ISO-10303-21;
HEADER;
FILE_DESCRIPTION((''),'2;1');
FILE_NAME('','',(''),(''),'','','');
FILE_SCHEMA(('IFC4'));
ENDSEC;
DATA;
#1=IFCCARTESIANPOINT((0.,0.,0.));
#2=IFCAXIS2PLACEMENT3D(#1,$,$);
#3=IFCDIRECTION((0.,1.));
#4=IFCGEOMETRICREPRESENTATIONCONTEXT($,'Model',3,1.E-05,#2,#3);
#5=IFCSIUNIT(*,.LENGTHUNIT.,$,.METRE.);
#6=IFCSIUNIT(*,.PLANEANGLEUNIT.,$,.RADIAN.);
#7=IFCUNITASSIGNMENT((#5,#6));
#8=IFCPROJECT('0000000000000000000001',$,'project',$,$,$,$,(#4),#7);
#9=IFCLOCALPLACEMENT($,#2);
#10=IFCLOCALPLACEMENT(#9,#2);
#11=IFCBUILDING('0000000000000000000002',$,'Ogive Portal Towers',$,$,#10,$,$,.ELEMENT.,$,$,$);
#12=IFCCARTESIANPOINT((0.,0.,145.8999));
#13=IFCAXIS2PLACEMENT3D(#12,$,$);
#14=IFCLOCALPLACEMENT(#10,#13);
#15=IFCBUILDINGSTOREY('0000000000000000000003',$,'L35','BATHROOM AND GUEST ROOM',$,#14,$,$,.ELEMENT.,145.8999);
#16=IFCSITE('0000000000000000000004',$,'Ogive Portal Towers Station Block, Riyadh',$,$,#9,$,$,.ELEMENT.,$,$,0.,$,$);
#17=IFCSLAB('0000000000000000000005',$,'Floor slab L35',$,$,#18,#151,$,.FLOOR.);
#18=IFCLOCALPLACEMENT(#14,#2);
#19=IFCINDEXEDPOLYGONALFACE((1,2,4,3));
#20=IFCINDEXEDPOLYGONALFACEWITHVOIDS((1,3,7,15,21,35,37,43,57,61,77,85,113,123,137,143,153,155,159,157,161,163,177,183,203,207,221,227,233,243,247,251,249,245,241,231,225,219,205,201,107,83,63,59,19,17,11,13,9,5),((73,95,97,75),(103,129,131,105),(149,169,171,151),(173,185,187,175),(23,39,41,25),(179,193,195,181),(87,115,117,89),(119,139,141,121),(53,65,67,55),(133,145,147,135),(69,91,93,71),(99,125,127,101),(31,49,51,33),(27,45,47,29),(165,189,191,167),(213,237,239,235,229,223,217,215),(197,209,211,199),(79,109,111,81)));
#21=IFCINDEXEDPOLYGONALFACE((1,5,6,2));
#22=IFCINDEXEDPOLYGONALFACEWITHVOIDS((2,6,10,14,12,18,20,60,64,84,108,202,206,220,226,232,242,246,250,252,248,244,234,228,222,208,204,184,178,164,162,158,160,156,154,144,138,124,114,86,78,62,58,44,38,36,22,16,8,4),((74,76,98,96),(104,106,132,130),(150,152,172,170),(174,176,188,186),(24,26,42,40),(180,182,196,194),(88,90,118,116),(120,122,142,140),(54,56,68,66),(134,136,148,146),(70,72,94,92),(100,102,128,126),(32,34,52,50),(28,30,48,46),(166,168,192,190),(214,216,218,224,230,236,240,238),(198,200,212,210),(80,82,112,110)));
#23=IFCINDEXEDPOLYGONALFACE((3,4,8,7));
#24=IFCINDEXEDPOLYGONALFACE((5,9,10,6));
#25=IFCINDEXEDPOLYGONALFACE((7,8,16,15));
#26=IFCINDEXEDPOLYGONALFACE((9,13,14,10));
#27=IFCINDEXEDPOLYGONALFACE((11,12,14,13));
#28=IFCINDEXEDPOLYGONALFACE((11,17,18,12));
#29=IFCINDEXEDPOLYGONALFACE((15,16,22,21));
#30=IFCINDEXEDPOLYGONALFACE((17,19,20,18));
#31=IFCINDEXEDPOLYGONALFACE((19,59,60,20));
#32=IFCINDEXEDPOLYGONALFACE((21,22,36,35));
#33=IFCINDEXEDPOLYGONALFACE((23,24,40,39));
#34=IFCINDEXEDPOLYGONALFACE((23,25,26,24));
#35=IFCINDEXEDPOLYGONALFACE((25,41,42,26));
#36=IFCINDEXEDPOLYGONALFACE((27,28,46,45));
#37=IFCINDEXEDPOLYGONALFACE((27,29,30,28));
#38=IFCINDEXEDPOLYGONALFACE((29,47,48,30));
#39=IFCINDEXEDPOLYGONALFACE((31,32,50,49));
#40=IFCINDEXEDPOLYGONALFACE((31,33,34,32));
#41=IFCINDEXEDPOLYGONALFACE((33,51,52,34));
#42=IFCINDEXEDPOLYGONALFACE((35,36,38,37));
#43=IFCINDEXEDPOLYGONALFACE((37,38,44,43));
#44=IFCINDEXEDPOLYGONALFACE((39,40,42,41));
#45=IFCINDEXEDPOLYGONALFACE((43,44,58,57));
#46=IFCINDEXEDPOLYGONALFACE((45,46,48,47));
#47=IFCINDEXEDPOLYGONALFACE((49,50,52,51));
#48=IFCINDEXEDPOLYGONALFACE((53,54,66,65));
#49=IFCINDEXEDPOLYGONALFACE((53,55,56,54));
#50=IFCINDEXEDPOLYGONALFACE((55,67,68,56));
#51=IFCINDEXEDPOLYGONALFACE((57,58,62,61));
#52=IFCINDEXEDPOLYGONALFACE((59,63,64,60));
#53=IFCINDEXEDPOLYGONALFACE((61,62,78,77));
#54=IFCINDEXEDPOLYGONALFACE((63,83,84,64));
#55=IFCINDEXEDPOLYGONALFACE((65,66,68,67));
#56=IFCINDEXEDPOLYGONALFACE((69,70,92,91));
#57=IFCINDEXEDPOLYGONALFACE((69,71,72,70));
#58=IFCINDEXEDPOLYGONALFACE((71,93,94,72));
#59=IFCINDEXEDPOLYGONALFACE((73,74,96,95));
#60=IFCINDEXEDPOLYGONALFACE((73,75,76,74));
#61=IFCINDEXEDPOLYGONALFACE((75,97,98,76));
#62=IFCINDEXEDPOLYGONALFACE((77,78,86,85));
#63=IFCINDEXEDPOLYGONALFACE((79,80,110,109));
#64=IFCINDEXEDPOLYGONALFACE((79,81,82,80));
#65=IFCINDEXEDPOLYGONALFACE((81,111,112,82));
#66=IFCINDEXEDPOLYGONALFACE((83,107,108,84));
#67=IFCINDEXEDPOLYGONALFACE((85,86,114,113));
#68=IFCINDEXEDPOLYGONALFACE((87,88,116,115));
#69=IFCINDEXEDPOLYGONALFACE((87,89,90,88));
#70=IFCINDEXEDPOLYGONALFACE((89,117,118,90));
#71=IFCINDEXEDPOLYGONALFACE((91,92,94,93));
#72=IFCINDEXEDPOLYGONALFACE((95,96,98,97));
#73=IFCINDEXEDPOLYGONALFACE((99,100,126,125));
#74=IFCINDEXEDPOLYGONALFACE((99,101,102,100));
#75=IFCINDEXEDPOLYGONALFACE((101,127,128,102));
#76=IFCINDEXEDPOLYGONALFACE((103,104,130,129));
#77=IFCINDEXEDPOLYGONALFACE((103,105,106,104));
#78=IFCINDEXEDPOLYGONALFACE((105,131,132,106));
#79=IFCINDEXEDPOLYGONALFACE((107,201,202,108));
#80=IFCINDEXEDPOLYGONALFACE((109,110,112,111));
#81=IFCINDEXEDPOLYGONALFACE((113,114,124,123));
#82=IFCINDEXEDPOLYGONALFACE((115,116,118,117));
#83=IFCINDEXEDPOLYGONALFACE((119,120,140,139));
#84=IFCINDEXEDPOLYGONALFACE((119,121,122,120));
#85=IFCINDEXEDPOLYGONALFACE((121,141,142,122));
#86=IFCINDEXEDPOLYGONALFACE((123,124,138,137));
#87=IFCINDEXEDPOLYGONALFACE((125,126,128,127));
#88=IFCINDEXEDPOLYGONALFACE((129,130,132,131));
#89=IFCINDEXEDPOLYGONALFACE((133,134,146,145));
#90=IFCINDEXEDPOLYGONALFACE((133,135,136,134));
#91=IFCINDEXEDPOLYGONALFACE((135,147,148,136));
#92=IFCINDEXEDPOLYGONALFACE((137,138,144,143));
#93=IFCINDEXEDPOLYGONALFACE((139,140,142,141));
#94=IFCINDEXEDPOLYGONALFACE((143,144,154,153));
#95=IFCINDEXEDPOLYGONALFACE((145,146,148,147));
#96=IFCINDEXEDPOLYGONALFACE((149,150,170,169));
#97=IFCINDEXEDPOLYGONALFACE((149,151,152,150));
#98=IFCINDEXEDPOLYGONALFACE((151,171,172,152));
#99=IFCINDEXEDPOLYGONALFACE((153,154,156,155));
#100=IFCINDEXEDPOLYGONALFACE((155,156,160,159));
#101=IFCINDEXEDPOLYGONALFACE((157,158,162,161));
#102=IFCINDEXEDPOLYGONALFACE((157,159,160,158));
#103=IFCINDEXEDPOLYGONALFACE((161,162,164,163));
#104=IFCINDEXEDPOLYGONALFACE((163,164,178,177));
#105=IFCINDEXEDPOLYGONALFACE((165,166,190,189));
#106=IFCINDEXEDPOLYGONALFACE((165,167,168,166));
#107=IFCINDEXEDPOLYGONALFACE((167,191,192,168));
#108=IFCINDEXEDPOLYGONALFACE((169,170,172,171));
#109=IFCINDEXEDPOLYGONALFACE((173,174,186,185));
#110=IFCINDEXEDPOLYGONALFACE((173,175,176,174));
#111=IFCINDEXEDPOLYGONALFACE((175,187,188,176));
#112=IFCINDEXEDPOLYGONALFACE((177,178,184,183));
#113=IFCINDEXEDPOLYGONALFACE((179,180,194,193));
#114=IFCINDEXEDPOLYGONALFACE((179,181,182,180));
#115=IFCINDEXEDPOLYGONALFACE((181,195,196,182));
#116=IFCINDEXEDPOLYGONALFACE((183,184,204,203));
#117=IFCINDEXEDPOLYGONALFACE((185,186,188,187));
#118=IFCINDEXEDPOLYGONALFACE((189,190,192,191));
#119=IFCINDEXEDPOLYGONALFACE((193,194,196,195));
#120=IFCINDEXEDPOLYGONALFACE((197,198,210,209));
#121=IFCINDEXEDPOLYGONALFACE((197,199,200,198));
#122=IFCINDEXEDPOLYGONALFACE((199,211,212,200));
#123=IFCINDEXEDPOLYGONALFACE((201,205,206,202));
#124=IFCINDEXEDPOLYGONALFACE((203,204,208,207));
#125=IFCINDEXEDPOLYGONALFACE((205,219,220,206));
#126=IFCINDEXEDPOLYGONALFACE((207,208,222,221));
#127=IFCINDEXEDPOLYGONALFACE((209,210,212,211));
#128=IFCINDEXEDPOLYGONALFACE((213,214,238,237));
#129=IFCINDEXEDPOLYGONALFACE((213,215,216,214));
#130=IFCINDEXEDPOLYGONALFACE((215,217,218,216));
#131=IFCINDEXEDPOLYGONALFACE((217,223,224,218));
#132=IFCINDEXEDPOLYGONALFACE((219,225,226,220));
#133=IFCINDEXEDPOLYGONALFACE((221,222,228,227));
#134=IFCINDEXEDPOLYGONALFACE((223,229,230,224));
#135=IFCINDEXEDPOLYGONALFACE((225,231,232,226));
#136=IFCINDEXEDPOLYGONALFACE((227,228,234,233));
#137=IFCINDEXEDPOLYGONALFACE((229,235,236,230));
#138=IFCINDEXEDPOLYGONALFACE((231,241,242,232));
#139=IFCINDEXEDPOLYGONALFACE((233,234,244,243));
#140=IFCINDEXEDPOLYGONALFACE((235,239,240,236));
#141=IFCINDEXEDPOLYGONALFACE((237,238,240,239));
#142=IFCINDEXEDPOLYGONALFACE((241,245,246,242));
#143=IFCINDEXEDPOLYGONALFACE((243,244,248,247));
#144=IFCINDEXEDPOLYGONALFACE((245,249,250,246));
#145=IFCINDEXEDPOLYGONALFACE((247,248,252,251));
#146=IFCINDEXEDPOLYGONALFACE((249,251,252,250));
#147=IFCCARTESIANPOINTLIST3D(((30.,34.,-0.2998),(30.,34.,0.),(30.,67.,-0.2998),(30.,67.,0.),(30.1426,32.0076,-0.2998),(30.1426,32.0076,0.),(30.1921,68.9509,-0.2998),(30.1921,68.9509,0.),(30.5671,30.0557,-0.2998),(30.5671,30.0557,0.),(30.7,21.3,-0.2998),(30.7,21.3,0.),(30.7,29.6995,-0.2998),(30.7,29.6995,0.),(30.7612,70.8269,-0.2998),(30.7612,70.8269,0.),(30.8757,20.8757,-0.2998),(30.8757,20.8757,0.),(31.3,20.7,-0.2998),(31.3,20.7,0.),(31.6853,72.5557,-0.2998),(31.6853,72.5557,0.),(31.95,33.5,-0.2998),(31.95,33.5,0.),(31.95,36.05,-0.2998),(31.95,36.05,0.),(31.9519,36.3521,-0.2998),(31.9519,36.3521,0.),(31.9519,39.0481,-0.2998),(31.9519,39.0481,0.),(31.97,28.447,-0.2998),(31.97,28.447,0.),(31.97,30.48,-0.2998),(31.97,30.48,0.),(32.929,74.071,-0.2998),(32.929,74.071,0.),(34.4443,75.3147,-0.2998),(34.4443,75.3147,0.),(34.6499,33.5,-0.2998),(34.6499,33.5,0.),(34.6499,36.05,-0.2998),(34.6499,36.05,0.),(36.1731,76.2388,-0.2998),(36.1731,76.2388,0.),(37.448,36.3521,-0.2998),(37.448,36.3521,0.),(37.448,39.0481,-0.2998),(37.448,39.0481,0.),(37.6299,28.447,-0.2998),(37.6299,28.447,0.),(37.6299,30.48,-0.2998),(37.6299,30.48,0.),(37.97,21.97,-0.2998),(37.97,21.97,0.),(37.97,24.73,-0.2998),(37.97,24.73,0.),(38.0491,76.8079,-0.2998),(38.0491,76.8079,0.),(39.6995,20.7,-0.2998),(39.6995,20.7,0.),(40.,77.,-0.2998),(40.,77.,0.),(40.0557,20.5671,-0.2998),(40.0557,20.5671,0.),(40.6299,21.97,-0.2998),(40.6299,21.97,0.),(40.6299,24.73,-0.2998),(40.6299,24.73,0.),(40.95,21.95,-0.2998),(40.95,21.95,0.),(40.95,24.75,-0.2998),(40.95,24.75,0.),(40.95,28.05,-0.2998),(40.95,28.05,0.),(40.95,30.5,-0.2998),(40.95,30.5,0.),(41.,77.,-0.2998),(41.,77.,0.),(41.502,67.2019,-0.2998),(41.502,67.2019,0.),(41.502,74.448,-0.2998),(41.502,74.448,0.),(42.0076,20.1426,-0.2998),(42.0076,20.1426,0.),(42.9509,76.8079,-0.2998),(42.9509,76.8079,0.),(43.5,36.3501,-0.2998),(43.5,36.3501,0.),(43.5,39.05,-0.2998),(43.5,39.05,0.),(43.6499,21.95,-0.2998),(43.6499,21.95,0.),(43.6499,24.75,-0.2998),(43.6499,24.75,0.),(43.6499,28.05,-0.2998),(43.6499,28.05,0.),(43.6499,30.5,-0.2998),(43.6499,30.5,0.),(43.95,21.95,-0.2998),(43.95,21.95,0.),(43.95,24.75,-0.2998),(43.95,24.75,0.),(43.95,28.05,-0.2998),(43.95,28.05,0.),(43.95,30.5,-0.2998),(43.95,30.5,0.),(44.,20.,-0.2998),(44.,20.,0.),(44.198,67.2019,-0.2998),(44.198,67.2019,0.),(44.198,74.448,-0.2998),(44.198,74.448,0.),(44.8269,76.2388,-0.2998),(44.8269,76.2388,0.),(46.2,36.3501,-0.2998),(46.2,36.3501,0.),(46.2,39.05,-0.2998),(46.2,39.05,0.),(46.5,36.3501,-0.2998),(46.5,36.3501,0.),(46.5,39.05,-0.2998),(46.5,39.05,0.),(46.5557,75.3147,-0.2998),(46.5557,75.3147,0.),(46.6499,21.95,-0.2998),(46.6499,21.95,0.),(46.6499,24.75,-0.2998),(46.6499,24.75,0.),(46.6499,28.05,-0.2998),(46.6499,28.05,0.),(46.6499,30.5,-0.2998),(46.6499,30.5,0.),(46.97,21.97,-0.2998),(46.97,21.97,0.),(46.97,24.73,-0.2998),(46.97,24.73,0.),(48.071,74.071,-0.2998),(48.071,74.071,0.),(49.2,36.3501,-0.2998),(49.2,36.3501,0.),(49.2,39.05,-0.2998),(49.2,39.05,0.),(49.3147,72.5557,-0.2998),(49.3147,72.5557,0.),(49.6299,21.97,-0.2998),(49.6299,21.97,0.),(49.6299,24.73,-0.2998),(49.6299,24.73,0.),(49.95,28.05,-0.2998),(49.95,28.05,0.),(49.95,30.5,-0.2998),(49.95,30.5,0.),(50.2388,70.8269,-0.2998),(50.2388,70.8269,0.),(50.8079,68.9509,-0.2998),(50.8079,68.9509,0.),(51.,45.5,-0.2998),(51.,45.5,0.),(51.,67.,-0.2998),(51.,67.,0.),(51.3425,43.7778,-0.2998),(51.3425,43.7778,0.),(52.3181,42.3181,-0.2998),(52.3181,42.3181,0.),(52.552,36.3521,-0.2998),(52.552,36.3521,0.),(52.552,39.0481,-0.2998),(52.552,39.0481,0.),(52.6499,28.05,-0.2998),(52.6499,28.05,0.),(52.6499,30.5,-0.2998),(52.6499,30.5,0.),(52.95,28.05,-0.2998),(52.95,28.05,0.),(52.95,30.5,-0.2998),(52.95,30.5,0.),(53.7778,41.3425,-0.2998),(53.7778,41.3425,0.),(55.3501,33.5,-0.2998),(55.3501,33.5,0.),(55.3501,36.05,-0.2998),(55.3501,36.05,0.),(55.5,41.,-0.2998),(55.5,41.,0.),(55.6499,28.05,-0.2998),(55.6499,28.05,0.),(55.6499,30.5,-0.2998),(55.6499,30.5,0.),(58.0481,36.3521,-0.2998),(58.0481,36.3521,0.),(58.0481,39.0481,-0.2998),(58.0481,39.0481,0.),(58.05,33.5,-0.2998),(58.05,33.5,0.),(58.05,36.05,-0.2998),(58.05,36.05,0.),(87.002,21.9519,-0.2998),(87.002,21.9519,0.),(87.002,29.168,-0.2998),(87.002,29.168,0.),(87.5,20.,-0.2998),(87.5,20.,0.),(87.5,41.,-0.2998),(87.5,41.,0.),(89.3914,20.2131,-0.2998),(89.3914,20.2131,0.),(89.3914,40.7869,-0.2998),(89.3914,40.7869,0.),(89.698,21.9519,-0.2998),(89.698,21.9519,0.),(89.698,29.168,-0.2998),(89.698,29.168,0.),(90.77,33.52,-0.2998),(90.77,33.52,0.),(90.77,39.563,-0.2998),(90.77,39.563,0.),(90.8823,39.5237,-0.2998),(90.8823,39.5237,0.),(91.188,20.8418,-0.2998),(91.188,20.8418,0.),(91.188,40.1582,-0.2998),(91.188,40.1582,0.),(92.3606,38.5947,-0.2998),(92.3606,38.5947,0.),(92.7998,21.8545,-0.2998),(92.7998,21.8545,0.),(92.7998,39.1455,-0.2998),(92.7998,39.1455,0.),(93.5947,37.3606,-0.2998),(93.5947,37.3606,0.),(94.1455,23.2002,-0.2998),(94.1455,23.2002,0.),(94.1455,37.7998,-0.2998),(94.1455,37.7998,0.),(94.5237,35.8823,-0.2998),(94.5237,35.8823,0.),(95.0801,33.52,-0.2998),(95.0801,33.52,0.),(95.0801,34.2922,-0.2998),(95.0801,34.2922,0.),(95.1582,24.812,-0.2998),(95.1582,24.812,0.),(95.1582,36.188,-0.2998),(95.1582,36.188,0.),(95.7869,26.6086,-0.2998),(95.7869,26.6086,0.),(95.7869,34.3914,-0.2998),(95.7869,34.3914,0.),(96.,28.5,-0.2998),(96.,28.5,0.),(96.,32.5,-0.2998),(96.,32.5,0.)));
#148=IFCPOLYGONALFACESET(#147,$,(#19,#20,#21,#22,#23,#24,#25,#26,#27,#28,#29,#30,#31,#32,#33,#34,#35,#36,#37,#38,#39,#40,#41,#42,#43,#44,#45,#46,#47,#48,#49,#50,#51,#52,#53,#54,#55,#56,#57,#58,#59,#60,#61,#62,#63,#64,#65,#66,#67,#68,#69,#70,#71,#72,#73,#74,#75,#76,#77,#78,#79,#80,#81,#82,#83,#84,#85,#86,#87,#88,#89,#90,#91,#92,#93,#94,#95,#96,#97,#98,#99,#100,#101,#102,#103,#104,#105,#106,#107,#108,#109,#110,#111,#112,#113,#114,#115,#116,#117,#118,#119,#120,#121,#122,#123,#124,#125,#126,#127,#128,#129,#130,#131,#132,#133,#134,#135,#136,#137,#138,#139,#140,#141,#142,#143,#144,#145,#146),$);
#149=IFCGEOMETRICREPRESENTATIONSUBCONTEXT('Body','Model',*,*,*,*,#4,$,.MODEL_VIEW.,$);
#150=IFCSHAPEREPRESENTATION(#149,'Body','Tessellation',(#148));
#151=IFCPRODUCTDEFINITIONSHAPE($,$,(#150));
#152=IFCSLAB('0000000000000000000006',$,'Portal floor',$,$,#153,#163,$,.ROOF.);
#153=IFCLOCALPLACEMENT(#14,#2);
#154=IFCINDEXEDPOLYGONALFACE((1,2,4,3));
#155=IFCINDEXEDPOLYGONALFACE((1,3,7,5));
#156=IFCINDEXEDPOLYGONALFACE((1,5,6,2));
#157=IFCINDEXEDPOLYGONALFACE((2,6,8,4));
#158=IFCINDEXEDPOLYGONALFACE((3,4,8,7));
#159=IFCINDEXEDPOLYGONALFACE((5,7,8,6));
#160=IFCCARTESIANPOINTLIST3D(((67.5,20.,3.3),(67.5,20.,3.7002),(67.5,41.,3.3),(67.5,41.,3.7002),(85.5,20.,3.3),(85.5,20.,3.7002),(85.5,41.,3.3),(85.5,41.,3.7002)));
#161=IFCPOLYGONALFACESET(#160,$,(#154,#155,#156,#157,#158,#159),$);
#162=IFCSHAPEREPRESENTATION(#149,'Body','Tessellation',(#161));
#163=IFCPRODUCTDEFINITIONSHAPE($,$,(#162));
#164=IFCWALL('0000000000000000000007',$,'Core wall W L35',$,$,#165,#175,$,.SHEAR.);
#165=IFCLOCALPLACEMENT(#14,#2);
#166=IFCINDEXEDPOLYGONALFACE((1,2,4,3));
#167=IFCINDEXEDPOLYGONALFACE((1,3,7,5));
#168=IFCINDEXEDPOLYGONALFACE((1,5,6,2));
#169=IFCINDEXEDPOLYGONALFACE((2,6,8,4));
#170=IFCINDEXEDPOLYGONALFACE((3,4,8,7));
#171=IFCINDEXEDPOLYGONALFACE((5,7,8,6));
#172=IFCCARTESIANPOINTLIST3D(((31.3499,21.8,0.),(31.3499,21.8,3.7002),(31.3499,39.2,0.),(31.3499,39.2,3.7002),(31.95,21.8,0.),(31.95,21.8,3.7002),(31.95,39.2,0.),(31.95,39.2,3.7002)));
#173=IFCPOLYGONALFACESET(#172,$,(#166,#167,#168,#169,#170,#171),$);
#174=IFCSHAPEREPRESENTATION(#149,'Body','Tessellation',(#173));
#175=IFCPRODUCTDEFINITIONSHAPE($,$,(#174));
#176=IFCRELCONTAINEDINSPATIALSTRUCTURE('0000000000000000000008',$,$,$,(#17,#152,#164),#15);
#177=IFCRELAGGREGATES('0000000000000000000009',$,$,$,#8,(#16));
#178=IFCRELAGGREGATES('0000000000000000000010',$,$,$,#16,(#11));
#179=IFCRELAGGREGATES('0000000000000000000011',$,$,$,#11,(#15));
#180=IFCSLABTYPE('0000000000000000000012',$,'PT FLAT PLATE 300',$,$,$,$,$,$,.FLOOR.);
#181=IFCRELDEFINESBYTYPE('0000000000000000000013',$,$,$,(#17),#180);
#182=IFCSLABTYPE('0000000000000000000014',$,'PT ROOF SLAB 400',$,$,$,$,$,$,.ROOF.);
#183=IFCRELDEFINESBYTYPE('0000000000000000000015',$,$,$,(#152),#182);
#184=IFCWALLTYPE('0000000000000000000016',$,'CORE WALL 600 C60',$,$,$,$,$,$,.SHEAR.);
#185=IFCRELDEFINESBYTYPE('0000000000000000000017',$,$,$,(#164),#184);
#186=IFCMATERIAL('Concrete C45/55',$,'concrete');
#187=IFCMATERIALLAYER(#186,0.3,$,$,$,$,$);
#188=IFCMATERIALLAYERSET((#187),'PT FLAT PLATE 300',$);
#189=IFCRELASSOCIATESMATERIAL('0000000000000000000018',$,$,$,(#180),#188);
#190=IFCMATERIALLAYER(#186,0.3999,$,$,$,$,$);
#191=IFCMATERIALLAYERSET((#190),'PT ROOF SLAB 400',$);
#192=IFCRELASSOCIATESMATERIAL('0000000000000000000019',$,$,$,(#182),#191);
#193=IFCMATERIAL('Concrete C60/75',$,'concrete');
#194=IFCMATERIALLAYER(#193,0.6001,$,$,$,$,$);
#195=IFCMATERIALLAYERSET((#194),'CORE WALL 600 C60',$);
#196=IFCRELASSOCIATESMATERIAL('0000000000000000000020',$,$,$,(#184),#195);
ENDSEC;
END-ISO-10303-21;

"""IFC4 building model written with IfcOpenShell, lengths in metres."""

from ifc_helpers import new_model, si_unit, direction, frame, frame_2d, origin, place, context, subcontext, project, spatial, polyline, rectangle, outline, extrude, material, layer, layer_set, type_object, element, save


model = new_model("IFC4")

# Units and contexts
model_context = context("Model", 3, precision=1e-05, world=origin(), true_north=direction((0.0, 1.0)))
body_context = subcontext(model_context, "Body", "Model", "MODEL_VIEW")
ifc_project = project(units=[si_unit("LENGTHUNIT", "METRE"), si_unit("PLANEANGLEUNIT", "RADIAN")], contexts=[model_context])

# Site, building, storey
site_placement = place(None, origin())
site = spatial("IfcSite", under=ifc_project, at=site_placement, Name="Ogive Portal Towers Station Block, Riyadh", CompositionType="ELEMENT", RefElevation=0.0)
building_placement = place(site_placement, origin())
building = spatial("IfcBuilding", under=site, at=building_placement, Name="Ogive Portal Towers", CompositionType="ELEMENT")
storey_placement = place(building_placement, frame((0.0, 0.0, 145.8999)))
storey = spatial("IfcBuildingStorey", under=building, at=storey_placement, Name="L35", Description="BATHROOM AND GUEST ROOM", CompositionType="ELEMENT", Elevation=145.8999)

# Slabs
ifc_material_1 = material(Name="Concrete C45/55", Category="concrete")
ifc_layer_1 = layer(ifc_material_1, 0.3)
ifc_layer_set_1 = layer_set([ifc_layer_1], Name="PT FLAT PLATE 300")
slab_type_1 = type_object("IfcSlabType", Name="PT FLAT PLATE 300", PredefinedType="FLOOR", material=ifc_layer_set_1)
slab_1_placement = place(storey_placement, frame((0.0, 0.0, -0.2998)))
element("IfcSlab", 1, at=slab_1_placement, inside=storey, type_object=slab_type_1, Name="Floor slab L35", PredefinedType="FLOOR", context=body_context, shape_type="SweptSolid", body=[
    extrude(outline(polyline([(30.1426, 32.0076), (30.5671, 30.0557), (30.7, 29.6995), (30.7, 21.3), (30.8757, 20.8757), (31.3, 20.7), (39.6995, 20.7), (40.0557, 20.5671), (42.0076, 20.1426), (44.0, 20.0), (87.5, 20.0), (89.3914, 20.2131), (91.188, 20.8418), (92.7998, 21.8545), (94.1455, 23.2002), (95.1582, 24.812), (95.7869, 26.6086), (96.0, 28.5), (96.0, 32.5), (95.7869, 34.3914), (95.1582, 36.188), (94.1455, 37.7998), (92.7998, 39.1455), (91.188, 40.1582), (89.3914, 40.7869), (87.5, 41.0), (55.5, 41.0), (53.7778, 41.3425), (52.3181, 42.3181), (51.3425, 43.7778), (51.0, 45.5), (51.0, 67.0), (50.8079, 68.9509), (50.2388, 70.8269), (49.3147, 72.5557), (48.071, 74.071), (46.5557, 75.3147), (44.8269, 76.2388), (42.9509, 76.8079), (41.0, 77.0), (40.0, 77.0), (38.0491, 76.8079), (36.1731, 76.2388), (34.4443, 75.3147), (32.929, 74.071), (31.6853, 72.5557), (30.7612, 70.8269), (30.1921, 68.9509), (30.0, 67.0), (30.0, 34.0), (30.1426, 32.0076)]), holes=[polyline([(40.6299, 21.97), (37.97, 21.97), (37.97, 24.73), (40.6299, 24.73), (40.6299, 21.97)]), polyline([(43.6499, 24.75), (43.6499, 21.95), (40.95, 21.95), (40.95, 24.75), (43.6499, 24.75)]), polyline([(46.6499, 24.75), (46.6499, 21.95), (43.95, 21.95), (43.95, 24.75), (46.6499, 24.75)]), polyline([(43.6499, 30.5), (43.6499, 28.05), (40.95, 28.05), (40.95, 30.5), (43.6499, 30.5)]), polyline([(37.6299, 28.447), (31.97, 28.447), (31.97, 30.48), (37.6299, 30.48), (37.6299, 28.447)]), polyline([(34.6499, 36.05), (34.6499, 33.5), (31.95, 33.5), (31.95, 36.05), (34.6499, 36.05)]), polyline([(31.9519, 39.0481), (37.448, 39.0481), (37.448, 36.3521), (31.9519, 36.3521), (31.9519, 39.0481)]), polyline([(46.2, 36.3501), (43.5, 36.3501), (43.5, 39.05), (46.2, 39.05), (46.2, 36.3501)]), polyline([(44.198, 67.2019), (41.502, 67.2019), (41.502, 74.448), (44.198, 74.448), (44.198, 67.2019)]), polyline([(49.6299, 21.97), (46.97, 21.97), (46.97, 24.73), (49.6299, 24.73), (49.6299, 21.97)]), polyline([(87.002, 21.9519), (87.002, 29.168), (89.698, 29.168), (89.698, 21.9519), (87.002, 21.9519)]), polyline([(46.6499, 30.5), (46.6499, 28.05), (43.95, 28.05), (43.95, 30.5), (46.6499, 30.5)]), polyline([(52.6499, 30.5), (52.6499, 28.05), (49.95, 28.05), (49.95, 30.5), (52.6499, 30.5)]), polyline([(55.6499, 30.5), (55.6499, 28.05), (52.95, 28.05), (52.95, 30.5), (55.6499, 30.5)]), polyline([(58.05, 36.05), (58.05, 33.5), (55.3501, 33.5), (55.3501, 36.05), (58.05, 36.05)]), polyline([(93.5947, 37.3606), (94.5237, 35.8823), (95.0801, 34.2922), (95.0801, 33.52), (90.77, 33.52), (90.77, 39.563), (90.8823, 39.5237), (92.3606, 38.5947), (93.5947, 37.3606)]), polyline([(49.2, 36.3501), (46.5, 36.3501), (46.5, 39.05), (49.2, 39.05), (49.2, 36.3501)]), polyline([(52.552, 36.3521), (52.552, 39.0481), (58.0481, 39.0481), (58.0481, 36.3521), (52.552, 36.3521)])]), origin(), (0.0, 0.0, 1.0), 0.2998),
])
ifc_layer_2 = layer(ifc_material_1, 0.3999)
ifc_layer_set_2 = layer_set([ifc_layer_2], Name="PT ROOF SLAB 400")
slab_type_2 = type_object("IfcSlabType", Name="PT ROOF SLAB 400", PredefinedType="ROOF", material=ifc_layer_set_2)
slab_2_placement = place(storey_placement, frame((0.0, 0.0, 3.3)))
element("IfcSlab", 2, at=slab_2_placement, inside=storey, type_object=slab_type_2, Name="Portal floor", PredefinedType="ROOF", context=body_context, shape_type="SweptSolid", body=[
    extrude(outline(polyline([(85.5, 41.0), (67.5, 41.0), (67.5, 20.0), (85.5, 20.0), (85.5, 41.0)])), origin(), (0.0, 0.0, 1.0), 0.4001),
])

# Wall
ifc_material_2 = material(Name="Concrete C60/75", Category="concrete")
ifc_layer_3 = layer(ifc_material_2, 0.6001)
ifc_layer_set_3 = layer_set([ifc_layer_3], Name="CORE WALL 600 C60")
wall_type_1 = type_object("IfcWallType", Name="CORE WALL 600 C60", PredefinedType="SHEAR", material=ifc_layer_set_3)
wall_1_placement = place(storey_placement, frame((31.6499, 21.8, 0.0), z_axis=(0.0, 0.0, 1.0), x_axis=(0.0, 1.0, 0.0)))
element("IfcWall", 3, at=wall_1_placement, inside=storey, type_object=wall_type_1, Name="Core wall W L35", PredefinedType="SHEAR", context=body_context, shape_type="SweptSolid", body=[
    extrude(rectangle(XDim=17.3999, YDim=0.6001, at=frame_2d((8.7, 0.0))), origin(), (0.0, 0.0, 1.0), 3.7002),
])

save(model, "model.ifc")
